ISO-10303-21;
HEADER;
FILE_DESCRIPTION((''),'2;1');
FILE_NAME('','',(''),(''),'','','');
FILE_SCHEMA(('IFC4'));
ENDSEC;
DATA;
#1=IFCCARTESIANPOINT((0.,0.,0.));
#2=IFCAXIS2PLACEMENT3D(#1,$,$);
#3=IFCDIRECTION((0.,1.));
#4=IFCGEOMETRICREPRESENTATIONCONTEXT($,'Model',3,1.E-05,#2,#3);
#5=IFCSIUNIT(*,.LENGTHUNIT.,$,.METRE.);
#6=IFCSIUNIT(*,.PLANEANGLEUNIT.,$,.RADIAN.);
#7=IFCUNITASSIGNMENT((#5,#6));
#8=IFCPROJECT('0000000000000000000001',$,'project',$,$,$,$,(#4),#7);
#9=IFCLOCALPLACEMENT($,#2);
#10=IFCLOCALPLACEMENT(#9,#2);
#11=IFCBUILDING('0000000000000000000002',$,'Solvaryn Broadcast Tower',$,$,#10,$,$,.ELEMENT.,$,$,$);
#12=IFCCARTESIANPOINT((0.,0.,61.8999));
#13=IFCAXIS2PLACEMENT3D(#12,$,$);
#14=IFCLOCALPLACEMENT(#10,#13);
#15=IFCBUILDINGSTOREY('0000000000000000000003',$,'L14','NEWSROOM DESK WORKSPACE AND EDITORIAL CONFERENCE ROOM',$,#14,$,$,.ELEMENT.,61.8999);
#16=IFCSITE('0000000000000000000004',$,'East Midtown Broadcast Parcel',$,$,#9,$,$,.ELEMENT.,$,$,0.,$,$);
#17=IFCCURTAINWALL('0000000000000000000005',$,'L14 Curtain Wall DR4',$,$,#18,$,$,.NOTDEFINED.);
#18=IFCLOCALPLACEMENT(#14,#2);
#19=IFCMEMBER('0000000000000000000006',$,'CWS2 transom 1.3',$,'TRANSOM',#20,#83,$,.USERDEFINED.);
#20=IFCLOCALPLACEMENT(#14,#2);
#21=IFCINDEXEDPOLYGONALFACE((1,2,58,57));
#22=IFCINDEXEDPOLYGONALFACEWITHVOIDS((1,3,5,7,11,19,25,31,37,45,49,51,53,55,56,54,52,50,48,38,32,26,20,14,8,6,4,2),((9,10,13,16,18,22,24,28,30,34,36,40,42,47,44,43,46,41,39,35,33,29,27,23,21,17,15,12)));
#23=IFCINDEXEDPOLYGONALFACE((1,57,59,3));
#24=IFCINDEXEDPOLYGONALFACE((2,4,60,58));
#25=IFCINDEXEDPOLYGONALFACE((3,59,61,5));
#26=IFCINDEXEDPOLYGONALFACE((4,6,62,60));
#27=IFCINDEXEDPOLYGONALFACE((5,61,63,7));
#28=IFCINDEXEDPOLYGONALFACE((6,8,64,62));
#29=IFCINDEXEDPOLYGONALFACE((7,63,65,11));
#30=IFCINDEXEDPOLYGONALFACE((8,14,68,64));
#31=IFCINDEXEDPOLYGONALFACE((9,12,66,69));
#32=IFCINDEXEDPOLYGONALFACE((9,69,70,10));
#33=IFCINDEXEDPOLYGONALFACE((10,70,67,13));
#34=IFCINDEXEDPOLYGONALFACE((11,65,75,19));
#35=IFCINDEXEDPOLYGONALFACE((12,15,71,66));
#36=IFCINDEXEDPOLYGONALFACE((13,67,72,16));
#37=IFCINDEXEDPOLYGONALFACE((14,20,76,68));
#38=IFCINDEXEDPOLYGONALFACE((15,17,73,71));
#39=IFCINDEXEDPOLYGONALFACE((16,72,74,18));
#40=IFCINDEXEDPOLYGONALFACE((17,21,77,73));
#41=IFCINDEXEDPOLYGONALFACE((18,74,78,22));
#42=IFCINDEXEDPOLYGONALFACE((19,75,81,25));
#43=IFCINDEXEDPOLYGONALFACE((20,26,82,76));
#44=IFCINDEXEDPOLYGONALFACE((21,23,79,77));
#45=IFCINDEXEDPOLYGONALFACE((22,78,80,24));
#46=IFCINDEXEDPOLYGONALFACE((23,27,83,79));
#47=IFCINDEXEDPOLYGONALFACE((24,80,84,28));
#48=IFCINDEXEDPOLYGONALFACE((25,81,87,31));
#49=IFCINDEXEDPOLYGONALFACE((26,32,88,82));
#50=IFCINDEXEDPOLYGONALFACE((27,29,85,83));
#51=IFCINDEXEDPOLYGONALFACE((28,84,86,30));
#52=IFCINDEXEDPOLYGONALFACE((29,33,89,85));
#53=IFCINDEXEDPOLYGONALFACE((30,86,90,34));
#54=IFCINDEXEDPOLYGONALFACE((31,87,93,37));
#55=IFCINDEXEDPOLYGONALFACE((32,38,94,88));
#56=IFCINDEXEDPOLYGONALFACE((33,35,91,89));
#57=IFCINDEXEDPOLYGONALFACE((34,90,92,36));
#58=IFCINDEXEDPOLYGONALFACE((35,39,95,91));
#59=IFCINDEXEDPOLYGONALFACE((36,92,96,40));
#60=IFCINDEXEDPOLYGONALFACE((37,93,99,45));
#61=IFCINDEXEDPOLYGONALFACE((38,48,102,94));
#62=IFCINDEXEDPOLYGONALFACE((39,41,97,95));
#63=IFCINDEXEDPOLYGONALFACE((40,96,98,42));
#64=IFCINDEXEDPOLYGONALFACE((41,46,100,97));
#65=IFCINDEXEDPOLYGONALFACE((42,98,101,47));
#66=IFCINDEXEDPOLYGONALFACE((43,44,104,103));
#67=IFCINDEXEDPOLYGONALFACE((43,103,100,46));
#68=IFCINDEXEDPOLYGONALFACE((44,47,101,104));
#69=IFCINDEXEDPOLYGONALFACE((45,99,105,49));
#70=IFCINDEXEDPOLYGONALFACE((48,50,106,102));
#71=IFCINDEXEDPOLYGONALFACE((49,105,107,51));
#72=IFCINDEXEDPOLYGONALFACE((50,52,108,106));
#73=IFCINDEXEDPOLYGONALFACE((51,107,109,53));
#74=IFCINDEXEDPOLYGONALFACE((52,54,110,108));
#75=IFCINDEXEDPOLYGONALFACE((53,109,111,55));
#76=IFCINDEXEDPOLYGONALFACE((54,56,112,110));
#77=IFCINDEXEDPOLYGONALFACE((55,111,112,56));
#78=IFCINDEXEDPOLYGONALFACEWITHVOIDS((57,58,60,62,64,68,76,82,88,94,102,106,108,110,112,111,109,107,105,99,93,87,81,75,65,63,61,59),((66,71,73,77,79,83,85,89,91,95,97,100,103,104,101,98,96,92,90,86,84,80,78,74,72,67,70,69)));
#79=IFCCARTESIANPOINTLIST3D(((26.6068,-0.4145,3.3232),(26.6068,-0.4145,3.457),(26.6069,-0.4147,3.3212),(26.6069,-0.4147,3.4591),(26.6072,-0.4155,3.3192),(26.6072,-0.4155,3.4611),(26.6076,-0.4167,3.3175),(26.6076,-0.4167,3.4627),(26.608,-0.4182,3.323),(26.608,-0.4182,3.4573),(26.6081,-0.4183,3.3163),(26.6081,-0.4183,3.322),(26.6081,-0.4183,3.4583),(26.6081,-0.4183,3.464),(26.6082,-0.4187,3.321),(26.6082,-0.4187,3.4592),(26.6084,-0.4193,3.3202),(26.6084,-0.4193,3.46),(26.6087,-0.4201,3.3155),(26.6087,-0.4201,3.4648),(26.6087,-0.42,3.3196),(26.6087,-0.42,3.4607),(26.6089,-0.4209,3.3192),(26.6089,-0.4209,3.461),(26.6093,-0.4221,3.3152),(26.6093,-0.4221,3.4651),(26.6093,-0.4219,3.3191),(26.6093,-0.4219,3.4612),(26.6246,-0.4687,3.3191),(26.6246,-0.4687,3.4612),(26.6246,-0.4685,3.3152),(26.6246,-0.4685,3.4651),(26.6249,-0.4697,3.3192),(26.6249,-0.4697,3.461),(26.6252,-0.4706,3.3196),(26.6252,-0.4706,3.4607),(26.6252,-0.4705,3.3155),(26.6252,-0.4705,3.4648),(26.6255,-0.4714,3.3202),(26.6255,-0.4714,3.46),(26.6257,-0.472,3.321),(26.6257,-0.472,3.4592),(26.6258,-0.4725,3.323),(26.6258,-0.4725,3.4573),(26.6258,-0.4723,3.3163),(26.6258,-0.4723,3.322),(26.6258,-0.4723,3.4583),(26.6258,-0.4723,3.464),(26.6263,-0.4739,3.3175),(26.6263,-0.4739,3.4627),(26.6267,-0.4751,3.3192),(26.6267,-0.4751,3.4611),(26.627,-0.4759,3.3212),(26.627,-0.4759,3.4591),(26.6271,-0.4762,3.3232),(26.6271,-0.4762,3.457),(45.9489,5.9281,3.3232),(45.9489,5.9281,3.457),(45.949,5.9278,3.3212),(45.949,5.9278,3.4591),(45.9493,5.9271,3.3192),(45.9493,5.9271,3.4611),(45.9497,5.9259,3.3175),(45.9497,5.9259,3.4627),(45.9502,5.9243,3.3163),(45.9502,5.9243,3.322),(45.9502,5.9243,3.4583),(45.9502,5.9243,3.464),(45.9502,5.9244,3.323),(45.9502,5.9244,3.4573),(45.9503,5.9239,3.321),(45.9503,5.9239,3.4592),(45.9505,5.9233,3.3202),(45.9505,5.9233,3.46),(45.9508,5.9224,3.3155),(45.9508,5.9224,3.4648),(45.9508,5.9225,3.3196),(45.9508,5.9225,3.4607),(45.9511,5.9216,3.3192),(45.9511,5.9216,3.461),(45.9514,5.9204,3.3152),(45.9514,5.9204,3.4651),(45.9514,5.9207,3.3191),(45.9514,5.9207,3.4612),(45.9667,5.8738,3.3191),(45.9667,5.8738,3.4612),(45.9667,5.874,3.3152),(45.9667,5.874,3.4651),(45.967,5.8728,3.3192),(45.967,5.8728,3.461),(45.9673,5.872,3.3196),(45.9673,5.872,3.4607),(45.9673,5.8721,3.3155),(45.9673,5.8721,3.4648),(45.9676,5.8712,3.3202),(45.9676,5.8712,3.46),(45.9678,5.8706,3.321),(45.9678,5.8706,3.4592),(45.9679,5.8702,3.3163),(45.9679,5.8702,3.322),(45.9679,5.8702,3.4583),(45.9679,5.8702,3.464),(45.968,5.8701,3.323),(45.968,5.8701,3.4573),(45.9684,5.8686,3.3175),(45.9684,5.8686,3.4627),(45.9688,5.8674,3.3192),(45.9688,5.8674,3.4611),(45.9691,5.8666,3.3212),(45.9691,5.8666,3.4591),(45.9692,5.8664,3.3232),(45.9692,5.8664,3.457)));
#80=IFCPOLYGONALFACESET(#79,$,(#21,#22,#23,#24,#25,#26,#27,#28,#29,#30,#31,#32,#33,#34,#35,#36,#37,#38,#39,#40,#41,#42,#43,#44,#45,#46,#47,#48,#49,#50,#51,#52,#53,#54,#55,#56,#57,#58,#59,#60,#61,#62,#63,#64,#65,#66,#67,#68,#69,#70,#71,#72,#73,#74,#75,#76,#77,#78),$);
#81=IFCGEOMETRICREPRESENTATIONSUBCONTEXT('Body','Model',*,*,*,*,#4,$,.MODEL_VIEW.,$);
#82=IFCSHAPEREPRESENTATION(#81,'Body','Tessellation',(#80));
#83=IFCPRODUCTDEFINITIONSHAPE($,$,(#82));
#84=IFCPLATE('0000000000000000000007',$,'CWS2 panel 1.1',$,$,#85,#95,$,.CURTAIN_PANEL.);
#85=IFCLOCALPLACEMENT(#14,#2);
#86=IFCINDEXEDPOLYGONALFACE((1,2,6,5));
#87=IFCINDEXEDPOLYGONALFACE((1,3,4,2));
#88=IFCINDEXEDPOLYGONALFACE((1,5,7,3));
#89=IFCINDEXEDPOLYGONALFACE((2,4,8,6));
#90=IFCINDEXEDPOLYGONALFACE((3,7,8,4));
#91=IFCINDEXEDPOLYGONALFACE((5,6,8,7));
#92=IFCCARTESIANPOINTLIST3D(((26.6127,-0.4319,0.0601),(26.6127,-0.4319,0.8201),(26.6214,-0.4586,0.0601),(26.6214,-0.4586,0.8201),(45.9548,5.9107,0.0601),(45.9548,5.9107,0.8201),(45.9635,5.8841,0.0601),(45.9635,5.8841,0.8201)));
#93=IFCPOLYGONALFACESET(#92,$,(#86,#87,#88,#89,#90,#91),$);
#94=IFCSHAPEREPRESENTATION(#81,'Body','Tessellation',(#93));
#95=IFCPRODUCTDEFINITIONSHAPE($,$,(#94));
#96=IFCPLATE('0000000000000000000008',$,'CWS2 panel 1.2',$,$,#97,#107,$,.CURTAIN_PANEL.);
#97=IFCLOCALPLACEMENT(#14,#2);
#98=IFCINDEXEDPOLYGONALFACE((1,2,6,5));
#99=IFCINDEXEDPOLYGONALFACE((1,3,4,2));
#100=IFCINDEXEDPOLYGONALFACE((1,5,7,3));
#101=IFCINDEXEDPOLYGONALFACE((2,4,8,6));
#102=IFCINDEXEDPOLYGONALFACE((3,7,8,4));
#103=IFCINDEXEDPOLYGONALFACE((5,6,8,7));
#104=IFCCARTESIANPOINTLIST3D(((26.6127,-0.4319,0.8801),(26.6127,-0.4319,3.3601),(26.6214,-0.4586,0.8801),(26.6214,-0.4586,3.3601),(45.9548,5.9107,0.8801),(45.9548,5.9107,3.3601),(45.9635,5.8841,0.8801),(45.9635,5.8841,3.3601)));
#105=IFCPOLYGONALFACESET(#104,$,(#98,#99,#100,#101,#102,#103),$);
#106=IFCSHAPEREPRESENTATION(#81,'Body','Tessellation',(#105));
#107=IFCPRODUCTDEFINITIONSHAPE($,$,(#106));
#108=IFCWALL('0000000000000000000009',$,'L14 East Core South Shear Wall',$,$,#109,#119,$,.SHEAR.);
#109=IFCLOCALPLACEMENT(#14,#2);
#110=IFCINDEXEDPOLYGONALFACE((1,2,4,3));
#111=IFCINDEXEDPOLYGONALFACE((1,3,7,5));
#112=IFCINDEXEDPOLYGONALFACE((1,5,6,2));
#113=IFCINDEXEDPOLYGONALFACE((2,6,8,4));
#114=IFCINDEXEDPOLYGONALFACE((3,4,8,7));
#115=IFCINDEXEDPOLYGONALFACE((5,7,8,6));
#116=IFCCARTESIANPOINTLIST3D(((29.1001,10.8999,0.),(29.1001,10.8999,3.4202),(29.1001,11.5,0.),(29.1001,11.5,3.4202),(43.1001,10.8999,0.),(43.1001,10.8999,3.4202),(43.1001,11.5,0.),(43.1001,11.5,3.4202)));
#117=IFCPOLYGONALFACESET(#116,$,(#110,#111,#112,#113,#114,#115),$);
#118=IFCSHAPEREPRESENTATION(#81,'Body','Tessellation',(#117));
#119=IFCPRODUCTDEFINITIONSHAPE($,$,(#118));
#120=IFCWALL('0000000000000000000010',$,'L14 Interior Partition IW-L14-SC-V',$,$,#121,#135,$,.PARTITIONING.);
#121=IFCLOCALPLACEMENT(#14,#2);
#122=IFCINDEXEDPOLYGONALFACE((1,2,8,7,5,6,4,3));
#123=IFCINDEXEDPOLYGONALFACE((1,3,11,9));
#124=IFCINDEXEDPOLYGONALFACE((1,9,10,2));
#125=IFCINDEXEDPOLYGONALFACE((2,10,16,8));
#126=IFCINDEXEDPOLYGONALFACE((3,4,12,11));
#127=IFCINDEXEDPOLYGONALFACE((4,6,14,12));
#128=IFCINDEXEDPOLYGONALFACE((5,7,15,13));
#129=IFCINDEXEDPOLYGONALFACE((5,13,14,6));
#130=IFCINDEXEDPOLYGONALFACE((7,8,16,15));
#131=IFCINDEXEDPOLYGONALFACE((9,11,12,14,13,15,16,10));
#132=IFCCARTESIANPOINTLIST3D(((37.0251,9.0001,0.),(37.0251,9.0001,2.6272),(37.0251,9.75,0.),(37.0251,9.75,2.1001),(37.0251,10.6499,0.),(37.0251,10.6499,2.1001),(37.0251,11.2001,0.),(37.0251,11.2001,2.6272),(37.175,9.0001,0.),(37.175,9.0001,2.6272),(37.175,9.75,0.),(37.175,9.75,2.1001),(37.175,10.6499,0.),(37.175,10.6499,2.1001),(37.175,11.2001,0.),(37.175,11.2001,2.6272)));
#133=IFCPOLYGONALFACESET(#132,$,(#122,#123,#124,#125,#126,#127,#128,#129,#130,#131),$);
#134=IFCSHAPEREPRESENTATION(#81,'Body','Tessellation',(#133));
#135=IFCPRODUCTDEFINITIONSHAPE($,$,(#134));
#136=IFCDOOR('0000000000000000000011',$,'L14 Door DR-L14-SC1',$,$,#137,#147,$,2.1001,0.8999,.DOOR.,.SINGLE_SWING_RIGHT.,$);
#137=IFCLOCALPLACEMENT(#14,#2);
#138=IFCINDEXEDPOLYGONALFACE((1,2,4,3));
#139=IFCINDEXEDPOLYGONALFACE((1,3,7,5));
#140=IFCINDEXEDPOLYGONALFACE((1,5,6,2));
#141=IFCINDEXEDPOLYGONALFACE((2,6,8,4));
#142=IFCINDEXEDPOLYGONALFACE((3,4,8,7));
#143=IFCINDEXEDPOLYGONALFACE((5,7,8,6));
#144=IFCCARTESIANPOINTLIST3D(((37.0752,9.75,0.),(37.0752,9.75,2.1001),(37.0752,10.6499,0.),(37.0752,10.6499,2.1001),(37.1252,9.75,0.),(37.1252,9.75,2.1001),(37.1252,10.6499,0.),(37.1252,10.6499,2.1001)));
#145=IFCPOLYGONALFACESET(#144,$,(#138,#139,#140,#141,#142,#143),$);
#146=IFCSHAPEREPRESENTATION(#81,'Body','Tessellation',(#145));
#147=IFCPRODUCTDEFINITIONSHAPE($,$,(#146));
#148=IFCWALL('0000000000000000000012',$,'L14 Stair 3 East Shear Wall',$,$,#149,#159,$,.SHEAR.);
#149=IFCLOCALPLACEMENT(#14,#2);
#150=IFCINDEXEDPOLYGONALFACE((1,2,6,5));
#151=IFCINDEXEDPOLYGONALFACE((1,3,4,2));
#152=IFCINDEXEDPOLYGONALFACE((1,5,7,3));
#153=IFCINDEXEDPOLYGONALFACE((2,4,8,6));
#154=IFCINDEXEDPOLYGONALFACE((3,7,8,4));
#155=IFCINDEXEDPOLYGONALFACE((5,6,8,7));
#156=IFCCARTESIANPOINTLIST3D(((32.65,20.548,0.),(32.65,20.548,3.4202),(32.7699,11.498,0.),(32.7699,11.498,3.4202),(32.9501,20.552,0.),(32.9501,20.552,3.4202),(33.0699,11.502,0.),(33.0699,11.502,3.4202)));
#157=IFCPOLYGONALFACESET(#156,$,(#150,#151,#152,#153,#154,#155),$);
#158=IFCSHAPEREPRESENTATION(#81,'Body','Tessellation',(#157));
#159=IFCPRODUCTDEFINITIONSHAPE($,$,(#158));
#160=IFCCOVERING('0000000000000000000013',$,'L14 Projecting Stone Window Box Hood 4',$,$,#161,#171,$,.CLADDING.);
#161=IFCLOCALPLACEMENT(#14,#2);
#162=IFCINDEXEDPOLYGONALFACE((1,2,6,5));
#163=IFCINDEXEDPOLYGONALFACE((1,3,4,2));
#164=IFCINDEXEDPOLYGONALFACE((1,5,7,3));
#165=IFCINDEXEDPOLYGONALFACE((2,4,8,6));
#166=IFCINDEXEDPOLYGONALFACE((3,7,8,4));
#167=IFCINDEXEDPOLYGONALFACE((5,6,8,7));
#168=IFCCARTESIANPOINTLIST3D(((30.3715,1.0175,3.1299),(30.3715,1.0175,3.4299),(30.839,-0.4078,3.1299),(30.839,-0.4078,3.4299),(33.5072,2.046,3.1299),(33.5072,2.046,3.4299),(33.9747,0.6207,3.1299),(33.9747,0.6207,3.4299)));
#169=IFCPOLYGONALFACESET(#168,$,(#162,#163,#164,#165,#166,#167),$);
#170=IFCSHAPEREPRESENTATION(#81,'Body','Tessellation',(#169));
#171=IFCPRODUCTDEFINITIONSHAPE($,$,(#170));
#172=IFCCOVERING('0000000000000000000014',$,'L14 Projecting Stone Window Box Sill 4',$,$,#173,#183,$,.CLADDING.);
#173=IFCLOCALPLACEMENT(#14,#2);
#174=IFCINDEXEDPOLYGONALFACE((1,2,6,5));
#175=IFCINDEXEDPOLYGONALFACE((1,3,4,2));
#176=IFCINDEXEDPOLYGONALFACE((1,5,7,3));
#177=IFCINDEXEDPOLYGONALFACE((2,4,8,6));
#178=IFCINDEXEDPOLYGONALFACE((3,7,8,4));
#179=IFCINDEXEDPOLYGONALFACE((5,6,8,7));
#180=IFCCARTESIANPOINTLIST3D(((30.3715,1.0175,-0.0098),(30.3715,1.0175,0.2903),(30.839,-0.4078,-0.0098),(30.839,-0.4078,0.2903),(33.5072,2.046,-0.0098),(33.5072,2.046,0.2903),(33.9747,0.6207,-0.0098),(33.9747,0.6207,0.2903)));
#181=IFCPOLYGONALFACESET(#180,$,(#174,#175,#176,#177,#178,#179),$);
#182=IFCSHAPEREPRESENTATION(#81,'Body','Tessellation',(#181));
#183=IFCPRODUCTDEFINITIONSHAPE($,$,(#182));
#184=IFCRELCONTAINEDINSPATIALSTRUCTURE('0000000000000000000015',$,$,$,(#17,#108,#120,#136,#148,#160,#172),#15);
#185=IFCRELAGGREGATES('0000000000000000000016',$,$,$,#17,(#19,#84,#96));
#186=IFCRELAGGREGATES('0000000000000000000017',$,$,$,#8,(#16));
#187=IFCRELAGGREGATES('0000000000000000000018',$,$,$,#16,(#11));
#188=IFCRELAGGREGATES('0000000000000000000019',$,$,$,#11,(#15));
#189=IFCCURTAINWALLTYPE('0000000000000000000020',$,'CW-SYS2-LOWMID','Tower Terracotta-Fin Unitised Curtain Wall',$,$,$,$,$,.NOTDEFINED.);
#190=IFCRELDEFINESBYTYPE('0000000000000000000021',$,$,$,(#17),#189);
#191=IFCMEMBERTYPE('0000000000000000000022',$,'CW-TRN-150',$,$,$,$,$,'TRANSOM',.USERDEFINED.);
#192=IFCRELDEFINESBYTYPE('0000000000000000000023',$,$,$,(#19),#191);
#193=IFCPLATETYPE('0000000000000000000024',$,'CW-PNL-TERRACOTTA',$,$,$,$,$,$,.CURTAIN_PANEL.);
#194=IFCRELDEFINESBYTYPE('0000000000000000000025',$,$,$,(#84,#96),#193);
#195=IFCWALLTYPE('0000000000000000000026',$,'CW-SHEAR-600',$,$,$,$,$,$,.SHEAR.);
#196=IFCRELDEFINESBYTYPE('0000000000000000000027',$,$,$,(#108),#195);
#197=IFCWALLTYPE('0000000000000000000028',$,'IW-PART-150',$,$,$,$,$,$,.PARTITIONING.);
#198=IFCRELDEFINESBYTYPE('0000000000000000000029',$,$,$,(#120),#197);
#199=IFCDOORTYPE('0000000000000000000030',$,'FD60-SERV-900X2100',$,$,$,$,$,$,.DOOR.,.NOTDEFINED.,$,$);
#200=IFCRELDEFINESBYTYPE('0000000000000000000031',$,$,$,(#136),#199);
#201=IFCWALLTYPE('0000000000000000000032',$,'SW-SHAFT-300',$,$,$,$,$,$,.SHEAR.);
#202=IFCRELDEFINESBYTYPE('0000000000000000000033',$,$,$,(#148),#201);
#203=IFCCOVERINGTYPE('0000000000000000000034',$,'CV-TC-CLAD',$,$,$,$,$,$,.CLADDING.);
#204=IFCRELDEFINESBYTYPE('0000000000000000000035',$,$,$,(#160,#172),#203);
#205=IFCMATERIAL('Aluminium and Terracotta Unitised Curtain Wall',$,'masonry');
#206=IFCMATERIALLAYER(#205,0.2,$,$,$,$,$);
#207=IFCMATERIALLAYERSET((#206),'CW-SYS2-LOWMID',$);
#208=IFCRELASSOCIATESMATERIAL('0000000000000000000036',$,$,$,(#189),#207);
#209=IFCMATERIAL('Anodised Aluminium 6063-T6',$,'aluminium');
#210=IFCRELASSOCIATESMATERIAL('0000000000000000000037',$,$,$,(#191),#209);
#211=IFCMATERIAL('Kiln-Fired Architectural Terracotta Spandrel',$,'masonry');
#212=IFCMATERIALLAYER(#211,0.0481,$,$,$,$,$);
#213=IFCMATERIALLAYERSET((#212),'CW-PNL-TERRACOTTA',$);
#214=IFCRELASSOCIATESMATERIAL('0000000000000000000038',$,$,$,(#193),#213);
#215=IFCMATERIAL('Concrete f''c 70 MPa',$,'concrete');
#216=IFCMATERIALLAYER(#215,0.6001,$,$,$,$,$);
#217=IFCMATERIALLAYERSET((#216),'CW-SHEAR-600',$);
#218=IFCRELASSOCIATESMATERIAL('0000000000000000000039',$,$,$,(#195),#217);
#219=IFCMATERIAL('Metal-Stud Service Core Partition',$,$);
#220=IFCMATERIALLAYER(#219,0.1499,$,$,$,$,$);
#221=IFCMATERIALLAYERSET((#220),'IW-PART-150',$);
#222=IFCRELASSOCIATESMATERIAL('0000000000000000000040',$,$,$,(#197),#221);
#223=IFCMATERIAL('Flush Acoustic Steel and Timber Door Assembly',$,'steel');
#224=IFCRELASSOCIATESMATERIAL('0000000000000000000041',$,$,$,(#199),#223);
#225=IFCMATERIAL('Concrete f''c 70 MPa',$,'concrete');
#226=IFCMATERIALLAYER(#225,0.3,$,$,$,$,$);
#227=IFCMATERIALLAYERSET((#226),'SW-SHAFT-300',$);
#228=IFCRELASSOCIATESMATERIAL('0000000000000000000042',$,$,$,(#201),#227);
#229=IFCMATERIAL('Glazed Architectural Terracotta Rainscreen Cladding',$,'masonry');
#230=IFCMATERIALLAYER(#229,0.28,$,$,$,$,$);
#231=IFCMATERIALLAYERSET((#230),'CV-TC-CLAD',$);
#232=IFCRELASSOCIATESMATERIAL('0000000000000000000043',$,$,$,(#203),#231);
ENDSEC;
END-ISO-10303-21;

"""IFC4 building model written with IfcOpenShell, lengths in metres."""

from ifc_helpers import new_model, si_unit, direction, frame, frame_2d, origin, origin_2d, place, context, subcontext, project, spatial, rectangle, hollow_rectangle, extrude, material, layer, layer_set, material_profile, profile_set, type_object, element, fill, aggregate, save


model = new_model("IFC4")

# Units and contexts
model_context = context("Model", 3, precision=1e-05, world=origin(), true_north=direction((0.0, 1.0)))
body_context = subcontext(model_context, "Body", "Model", "MODEL_VIEW")
ifc_project = project(units=[si_unit("LENGTHUNIT", "METRE"), si_unit("PLANEANGLEUNIT", "RADIAN")], contexts=[model_context])

# Site, building, storey
site_placement = place(None, origin())
site = spatial("IfcSite", under=ifc_project, at=site_placement, Name="East Midtown Broadcast Parcel", CompositionType="ELEMENT", RefElevation=0.0)
building_placement = place(site_placement, origin())
building = spatial("IfcBuilding", under=site, at=building_placement, Name="Solvaryn Broadcast Tower", CompositionType="ELEMENT")
storey_placement = place(building_placement, frame((0.0, 0.0, 61.8999)))
storey = spatial("IfcBuildingStorey", under=building, at=storey_placement, Name="L14", Description="NEWSROOM DESK WORKSPACE AND EDITORIAL CONFERENCE ROOM", CompositionType="ELEMENT", Elevation=61.8999)

# Shared definitions
ifc_material_1 = material(Name="Aluminium and Terracotta Unitised Curtain Wall", Category="masonry")
ifc_layer_1 = layer(ifc_material_1, 0.2)
ifc_layer_set_1 = layer_set([ifc_layer_1], Name="CW-SYS2-LOWMID")
curtain_wall_type = type_object("IfcCurtainWallType", Name="CW-SYS2-LOWMID", Description="Tower Terracotta-Fin Unitised Curtain Wall", PredefinedType="NOTDEFINED", material=ifc_layer_set_1)

# Curtain wall, member, plates
curtain_wall_1_placement = place(storey_placement, origin())
curtain_wall_1 = element("IfcCurtainWall", 1, at=curtain_wall_1_placement, inside=storey, type_object=curtain_wall_type, Name="L14 Curtain Wall DR4", PredefinedType="NOTDEFINED")
ifc_material_2 = material(Name="Anodised Aluminium 6063-T6", Category="aluminium")
ifc_material_profile_1 = material_profile(ifc_material_2, hollow_rectangle(XDim=0.0649, YDim=0.1499, WallThickness=0.0039, InnerFilletRadius=0.0039, OuterFilletRadius=0.0081, at=origin_2d()))
ifc_profile_set_1 = profile_set([ifc_material_profile_1], Name="Anodised Aluminium 6063-T6")
member_type_1 = type_object("IfcMemberType", Name="CW-TRN-150", ElementType="TRANSOM", PredefinedType="USERDEFINED", material=ifc_profile_set_1)
member_1_placement = place(storey_placement, frame((26.6169, -0.4453, 3.3901), z_axis=(0.950217, 0.31159, 0.0), x_axis=(-0.31159, 0.950217, 0.0)))
member_1 = element("IfcMember", 2, at=member_1_placement, type_object=member_type_1, Name="CWS2 transom 1.3", ObjectType="TRANSOM", PredefinedType="USERDEFINED", context=body_context, shape_type="SweptSolid", body=[
    extrude(hollow_rectangle(XDim=0.0649, YDim=0.1499, WallThickness=0.0039, InnerFilletRadius=0.0039, OuterFilletRadius=0.0081, at=origin_2d()), origin(), (0.0, 0.0, 1.0), 20.3555),
])
ifc_material_3 = material(Name="Kiln-Fired Architectural Terracotta Spandrel", Category="masonry")
ifc_layer_2 = layer(ifc_material_3, 0.0481)
ifc_layer_set_2 = layer_set([ifc_layer_2], Name="CW-PNL-TERRACOTTA")
plate_type = type_object("IfcPlateType", Name="CW-PNL-TERRACOTTA", PredefinedType="CURTAIN_PANEL", material=ifc_layer_set_2)
plate_1_placement = place(storey_placement, frame((36.2881, 2.7261, 0.0601), z_axis=(0.0, 0.0, 1.0), x_axis=(0.950215, 0.311594, 0.0)))
plate_1 = element("IfcPlate", 3, at=plate_1_placement, type_object=plate_type, Name="CWS2 panel 1.1", PredefinedType="CURTAIN_PANEL", context=body_context, shape_type="SweptSolid", body=[
    extrude(rectangle(XDim=20.3555, YDim=0.0281, at=origin_2d()), origin(), (0.0, 0.0, 1.0), 0.76),
])
plate_2_placement = place(storey_placement, frame((36.2881, 2.7261, 0.8801), z_axis=(0.0, 0.0, 1.0), x_axis=(0.950215, 0.311594, 0.0)))
plate_2 = element("IfcPlate", 4, at=plate_2_placement, type_object=plate_type, Name="CWS2 panel 1.2", PredefinedType="CURTAIN_PANEL", context=body_context, shape_type="SweptSolid", body=[
    extrude(rectangle(XDim=20.3555, YDim=0.0281, at=origin_2d()), origin(), (0.0, 0.0, 1.0), 2.48),
])
aggregate(curtain_wall_1, [member_1, plate_1, plate_2])

# Wall
ifc_material_4 = material(Name="Concrete f'c 70 MPa", Category="concrete")
ifc_layer_3 = layer(ifc_material_4, 0.6001)
ifc_layer_set_3 = layer_set([ifc_layer_3], Name="CW-SHEAR-600")
wall_type_1 = type_object("IfcWallType", Name="CW-SHEAR-600", PredefinedType="SHEAR", material=ifc_layer_set_3)
wall_1_placement = place(storey_placement, frame((29.1001, 11.2, 0.0), z_axis=(0.0, 0.0, 1.0), x_axis=(1.0, 0.0, 0.0)))
element("IfcWall", 5, at=wall_1_placement, inside=storey, type_object=wall_type_1, Name="L14 East Core South Shear Wall", PredefinedType="SHEAR", context=body_context, shape_type="SweptSolid", body=[
    extrude(rectangle(XDim=14.0, YDim=0.6001, at=frame_2d((7.0, 0.0))), origin(), (0.0, 0.0, 1.0), 3.4202),
])

# Wall, opening, door
ifc_material_5 = material(Name="Metal-Stud Service Core Partition")
ifc_layer_4 = layer(ifc_material_5, 0.1499)
ifc_layer_set_4 = layer_set([ifc_layer_4], Name="IW-PART-150")
wall_type_2 = type_object("IfcWallType", Name="IW-PART-150", PredefinedType="PARTITIONING", material=ifc_layer_set_4)
wall_2_placement = place(storey_placement, frame((37.1001, 9.0, 0.0), z_axis=(0.0, 0.0, 1.0), x_axis=(0.0, 1.0, 0.0)))
wall_2 = element("IfcWall", 6, at=wall_2_placement, inside=storey, type_object=wall_type_2, Name="L14 Interior Partition IW-L14-SC-V", PredefinedType="PARTITIONING", context=body_context, shape_type="SweptSolid", body=[
    extrude(rectangle(XDim=2.2, YDim=0.1499, at=frame_2d((1.1001, 0.0))), origin(), (0.0, 0.0, 1.0), 2.6272),
])
opening_placement = place(wall_2_placement, frame((0.75, 0.0, 0.0)))
opening = element("IfcOpeningElement", 7, at=opening_placement, cuts=wall_2, PredefinedType="OPENING", context=body_context, shape_type="SweptSolid", body=[
    extrude(rectangle(XDim=0.8999, YDim=2.1001, at=frame_2d((0.45, 1.05))), frame((0.0, 0.085, 0.0), z_axis=(0.0, -1.0, 0.0), x_axis=(1.0, 0.0, 0.0)), (0.0, 0.0, 1.0), 0.1699),
])
ifc_material_6 = material(Name="Flush Acoustic Steel and Timber Door Assembly", Category="steel")
door_type = type_object("IfcDoorType", Name="FD60-SERV-900X2100", OperationType="NOTDEFINED", PredefinedType="DOOR", material=ifc_material_6)
door_placement = place(opening_placement, origin())
door = element("IfcDoor", 8, at=door_placement, inside=storey, type_object=door_type, Name="L14 Door DR-L14-SC1", OperationType="SINGLE_SWING_RIGHT", OverallHeight=2.1001, OverallWidth=0.8999, PredefinedType="DOOR", context=body_context, shape_type="SweptSolid", body=[
    extrude(rectangle(XDim=0.8999, YDim=2.1001, at=frame_2d((0.45, 1.05))), frame((0.0, 0.0249, 0.0), z_axis=(0.0, -1.0, 0.0), x_axis=(1.0, 0.0, 0.0)), (0.0, 0.0, 1.0), 0.05),
])
fill(opening, door)

# Wall
ifc_material_7 = material(Name="Concrete f'c 70 MPa", Category="concrete")
ifc_layer_5 = layer(ifc_material_7, 0.3)
ifc_layer_set_5 = layer_set([ifc_layer_5], Name="SW-SHAFT-300")
wall_type_3 = type_object("IfcWallType", Name="SW-SHAFT-300", PredefinedType="SHEAR", material=ifc_layer_set_5)
wall_3_placement = place(storey_placement, frame((32.9199, 11.5, 0.0), z_axis=(0.0, 0.0, 1.0), x_axis=(-0.013244, 0.999912, 0.0)))
element("IfcWall", 9, at=wall_3_placement, inside=storey, type_object=wall_type_3, Name="L14 Stair 3 East Shear Wall", PredefinedType="SHEAR", context=body_context, shape_type="SweptSolid", body=[
    extrude(rectangle(XDim=9.0508, YDim=0.3, at=frame_2d((4.5254, 0.0))), origin(), (0.0, 0.0, 1.0), 3.4202),
])

# Coverings
ifc_material_8 = material(Name="Glazed Architectural Terracotta Rainscreen Cladding", Category="masonry")
ifc_layer_6 = layer(ifc_material_8, 0.28)
ifc_layer_set_6 = layer_set([ifc_layer_6], Name="CV-TC-CLAD")
covering_type_1 = type_object("IfcCoveringType", Name="CV-TC-CLAD", PredefinedType="CLADDING", material=ifc_layer_set_6)
for number, where, z_axis, x_axis, name in (
    (10, (32.1731, 0.8191, 3.1299), (0.0, 0.0, 1.0), (0.95019, 0.311672, 0.0), "L14 Projecting Stone Window Box Hood 4"),
    (11, (32.1731, 0.8191, -0.0098), (0.0, 0.0, 1.0), (0.95019, 0.311672, 0.0), "L14 Projecting Stone Window Box Sill 4"),
):
    element("IfcCovering", number, at=place(storey_placement, frame(where, z_axis=z_axis, x_axis=x_axis)), inside=storey, type_object=covering_type_1, Name=name, PredefinedType="CLADDING", context=body_context, shape_type="SweptSolid", body=[
        extrude(rectangle(XDim=3.3, YDim=1.5, at=origin_2d()), origin(), (0.0, 0.0, 1.0), 0.3),
    ])

save(model, "model.ifc")
